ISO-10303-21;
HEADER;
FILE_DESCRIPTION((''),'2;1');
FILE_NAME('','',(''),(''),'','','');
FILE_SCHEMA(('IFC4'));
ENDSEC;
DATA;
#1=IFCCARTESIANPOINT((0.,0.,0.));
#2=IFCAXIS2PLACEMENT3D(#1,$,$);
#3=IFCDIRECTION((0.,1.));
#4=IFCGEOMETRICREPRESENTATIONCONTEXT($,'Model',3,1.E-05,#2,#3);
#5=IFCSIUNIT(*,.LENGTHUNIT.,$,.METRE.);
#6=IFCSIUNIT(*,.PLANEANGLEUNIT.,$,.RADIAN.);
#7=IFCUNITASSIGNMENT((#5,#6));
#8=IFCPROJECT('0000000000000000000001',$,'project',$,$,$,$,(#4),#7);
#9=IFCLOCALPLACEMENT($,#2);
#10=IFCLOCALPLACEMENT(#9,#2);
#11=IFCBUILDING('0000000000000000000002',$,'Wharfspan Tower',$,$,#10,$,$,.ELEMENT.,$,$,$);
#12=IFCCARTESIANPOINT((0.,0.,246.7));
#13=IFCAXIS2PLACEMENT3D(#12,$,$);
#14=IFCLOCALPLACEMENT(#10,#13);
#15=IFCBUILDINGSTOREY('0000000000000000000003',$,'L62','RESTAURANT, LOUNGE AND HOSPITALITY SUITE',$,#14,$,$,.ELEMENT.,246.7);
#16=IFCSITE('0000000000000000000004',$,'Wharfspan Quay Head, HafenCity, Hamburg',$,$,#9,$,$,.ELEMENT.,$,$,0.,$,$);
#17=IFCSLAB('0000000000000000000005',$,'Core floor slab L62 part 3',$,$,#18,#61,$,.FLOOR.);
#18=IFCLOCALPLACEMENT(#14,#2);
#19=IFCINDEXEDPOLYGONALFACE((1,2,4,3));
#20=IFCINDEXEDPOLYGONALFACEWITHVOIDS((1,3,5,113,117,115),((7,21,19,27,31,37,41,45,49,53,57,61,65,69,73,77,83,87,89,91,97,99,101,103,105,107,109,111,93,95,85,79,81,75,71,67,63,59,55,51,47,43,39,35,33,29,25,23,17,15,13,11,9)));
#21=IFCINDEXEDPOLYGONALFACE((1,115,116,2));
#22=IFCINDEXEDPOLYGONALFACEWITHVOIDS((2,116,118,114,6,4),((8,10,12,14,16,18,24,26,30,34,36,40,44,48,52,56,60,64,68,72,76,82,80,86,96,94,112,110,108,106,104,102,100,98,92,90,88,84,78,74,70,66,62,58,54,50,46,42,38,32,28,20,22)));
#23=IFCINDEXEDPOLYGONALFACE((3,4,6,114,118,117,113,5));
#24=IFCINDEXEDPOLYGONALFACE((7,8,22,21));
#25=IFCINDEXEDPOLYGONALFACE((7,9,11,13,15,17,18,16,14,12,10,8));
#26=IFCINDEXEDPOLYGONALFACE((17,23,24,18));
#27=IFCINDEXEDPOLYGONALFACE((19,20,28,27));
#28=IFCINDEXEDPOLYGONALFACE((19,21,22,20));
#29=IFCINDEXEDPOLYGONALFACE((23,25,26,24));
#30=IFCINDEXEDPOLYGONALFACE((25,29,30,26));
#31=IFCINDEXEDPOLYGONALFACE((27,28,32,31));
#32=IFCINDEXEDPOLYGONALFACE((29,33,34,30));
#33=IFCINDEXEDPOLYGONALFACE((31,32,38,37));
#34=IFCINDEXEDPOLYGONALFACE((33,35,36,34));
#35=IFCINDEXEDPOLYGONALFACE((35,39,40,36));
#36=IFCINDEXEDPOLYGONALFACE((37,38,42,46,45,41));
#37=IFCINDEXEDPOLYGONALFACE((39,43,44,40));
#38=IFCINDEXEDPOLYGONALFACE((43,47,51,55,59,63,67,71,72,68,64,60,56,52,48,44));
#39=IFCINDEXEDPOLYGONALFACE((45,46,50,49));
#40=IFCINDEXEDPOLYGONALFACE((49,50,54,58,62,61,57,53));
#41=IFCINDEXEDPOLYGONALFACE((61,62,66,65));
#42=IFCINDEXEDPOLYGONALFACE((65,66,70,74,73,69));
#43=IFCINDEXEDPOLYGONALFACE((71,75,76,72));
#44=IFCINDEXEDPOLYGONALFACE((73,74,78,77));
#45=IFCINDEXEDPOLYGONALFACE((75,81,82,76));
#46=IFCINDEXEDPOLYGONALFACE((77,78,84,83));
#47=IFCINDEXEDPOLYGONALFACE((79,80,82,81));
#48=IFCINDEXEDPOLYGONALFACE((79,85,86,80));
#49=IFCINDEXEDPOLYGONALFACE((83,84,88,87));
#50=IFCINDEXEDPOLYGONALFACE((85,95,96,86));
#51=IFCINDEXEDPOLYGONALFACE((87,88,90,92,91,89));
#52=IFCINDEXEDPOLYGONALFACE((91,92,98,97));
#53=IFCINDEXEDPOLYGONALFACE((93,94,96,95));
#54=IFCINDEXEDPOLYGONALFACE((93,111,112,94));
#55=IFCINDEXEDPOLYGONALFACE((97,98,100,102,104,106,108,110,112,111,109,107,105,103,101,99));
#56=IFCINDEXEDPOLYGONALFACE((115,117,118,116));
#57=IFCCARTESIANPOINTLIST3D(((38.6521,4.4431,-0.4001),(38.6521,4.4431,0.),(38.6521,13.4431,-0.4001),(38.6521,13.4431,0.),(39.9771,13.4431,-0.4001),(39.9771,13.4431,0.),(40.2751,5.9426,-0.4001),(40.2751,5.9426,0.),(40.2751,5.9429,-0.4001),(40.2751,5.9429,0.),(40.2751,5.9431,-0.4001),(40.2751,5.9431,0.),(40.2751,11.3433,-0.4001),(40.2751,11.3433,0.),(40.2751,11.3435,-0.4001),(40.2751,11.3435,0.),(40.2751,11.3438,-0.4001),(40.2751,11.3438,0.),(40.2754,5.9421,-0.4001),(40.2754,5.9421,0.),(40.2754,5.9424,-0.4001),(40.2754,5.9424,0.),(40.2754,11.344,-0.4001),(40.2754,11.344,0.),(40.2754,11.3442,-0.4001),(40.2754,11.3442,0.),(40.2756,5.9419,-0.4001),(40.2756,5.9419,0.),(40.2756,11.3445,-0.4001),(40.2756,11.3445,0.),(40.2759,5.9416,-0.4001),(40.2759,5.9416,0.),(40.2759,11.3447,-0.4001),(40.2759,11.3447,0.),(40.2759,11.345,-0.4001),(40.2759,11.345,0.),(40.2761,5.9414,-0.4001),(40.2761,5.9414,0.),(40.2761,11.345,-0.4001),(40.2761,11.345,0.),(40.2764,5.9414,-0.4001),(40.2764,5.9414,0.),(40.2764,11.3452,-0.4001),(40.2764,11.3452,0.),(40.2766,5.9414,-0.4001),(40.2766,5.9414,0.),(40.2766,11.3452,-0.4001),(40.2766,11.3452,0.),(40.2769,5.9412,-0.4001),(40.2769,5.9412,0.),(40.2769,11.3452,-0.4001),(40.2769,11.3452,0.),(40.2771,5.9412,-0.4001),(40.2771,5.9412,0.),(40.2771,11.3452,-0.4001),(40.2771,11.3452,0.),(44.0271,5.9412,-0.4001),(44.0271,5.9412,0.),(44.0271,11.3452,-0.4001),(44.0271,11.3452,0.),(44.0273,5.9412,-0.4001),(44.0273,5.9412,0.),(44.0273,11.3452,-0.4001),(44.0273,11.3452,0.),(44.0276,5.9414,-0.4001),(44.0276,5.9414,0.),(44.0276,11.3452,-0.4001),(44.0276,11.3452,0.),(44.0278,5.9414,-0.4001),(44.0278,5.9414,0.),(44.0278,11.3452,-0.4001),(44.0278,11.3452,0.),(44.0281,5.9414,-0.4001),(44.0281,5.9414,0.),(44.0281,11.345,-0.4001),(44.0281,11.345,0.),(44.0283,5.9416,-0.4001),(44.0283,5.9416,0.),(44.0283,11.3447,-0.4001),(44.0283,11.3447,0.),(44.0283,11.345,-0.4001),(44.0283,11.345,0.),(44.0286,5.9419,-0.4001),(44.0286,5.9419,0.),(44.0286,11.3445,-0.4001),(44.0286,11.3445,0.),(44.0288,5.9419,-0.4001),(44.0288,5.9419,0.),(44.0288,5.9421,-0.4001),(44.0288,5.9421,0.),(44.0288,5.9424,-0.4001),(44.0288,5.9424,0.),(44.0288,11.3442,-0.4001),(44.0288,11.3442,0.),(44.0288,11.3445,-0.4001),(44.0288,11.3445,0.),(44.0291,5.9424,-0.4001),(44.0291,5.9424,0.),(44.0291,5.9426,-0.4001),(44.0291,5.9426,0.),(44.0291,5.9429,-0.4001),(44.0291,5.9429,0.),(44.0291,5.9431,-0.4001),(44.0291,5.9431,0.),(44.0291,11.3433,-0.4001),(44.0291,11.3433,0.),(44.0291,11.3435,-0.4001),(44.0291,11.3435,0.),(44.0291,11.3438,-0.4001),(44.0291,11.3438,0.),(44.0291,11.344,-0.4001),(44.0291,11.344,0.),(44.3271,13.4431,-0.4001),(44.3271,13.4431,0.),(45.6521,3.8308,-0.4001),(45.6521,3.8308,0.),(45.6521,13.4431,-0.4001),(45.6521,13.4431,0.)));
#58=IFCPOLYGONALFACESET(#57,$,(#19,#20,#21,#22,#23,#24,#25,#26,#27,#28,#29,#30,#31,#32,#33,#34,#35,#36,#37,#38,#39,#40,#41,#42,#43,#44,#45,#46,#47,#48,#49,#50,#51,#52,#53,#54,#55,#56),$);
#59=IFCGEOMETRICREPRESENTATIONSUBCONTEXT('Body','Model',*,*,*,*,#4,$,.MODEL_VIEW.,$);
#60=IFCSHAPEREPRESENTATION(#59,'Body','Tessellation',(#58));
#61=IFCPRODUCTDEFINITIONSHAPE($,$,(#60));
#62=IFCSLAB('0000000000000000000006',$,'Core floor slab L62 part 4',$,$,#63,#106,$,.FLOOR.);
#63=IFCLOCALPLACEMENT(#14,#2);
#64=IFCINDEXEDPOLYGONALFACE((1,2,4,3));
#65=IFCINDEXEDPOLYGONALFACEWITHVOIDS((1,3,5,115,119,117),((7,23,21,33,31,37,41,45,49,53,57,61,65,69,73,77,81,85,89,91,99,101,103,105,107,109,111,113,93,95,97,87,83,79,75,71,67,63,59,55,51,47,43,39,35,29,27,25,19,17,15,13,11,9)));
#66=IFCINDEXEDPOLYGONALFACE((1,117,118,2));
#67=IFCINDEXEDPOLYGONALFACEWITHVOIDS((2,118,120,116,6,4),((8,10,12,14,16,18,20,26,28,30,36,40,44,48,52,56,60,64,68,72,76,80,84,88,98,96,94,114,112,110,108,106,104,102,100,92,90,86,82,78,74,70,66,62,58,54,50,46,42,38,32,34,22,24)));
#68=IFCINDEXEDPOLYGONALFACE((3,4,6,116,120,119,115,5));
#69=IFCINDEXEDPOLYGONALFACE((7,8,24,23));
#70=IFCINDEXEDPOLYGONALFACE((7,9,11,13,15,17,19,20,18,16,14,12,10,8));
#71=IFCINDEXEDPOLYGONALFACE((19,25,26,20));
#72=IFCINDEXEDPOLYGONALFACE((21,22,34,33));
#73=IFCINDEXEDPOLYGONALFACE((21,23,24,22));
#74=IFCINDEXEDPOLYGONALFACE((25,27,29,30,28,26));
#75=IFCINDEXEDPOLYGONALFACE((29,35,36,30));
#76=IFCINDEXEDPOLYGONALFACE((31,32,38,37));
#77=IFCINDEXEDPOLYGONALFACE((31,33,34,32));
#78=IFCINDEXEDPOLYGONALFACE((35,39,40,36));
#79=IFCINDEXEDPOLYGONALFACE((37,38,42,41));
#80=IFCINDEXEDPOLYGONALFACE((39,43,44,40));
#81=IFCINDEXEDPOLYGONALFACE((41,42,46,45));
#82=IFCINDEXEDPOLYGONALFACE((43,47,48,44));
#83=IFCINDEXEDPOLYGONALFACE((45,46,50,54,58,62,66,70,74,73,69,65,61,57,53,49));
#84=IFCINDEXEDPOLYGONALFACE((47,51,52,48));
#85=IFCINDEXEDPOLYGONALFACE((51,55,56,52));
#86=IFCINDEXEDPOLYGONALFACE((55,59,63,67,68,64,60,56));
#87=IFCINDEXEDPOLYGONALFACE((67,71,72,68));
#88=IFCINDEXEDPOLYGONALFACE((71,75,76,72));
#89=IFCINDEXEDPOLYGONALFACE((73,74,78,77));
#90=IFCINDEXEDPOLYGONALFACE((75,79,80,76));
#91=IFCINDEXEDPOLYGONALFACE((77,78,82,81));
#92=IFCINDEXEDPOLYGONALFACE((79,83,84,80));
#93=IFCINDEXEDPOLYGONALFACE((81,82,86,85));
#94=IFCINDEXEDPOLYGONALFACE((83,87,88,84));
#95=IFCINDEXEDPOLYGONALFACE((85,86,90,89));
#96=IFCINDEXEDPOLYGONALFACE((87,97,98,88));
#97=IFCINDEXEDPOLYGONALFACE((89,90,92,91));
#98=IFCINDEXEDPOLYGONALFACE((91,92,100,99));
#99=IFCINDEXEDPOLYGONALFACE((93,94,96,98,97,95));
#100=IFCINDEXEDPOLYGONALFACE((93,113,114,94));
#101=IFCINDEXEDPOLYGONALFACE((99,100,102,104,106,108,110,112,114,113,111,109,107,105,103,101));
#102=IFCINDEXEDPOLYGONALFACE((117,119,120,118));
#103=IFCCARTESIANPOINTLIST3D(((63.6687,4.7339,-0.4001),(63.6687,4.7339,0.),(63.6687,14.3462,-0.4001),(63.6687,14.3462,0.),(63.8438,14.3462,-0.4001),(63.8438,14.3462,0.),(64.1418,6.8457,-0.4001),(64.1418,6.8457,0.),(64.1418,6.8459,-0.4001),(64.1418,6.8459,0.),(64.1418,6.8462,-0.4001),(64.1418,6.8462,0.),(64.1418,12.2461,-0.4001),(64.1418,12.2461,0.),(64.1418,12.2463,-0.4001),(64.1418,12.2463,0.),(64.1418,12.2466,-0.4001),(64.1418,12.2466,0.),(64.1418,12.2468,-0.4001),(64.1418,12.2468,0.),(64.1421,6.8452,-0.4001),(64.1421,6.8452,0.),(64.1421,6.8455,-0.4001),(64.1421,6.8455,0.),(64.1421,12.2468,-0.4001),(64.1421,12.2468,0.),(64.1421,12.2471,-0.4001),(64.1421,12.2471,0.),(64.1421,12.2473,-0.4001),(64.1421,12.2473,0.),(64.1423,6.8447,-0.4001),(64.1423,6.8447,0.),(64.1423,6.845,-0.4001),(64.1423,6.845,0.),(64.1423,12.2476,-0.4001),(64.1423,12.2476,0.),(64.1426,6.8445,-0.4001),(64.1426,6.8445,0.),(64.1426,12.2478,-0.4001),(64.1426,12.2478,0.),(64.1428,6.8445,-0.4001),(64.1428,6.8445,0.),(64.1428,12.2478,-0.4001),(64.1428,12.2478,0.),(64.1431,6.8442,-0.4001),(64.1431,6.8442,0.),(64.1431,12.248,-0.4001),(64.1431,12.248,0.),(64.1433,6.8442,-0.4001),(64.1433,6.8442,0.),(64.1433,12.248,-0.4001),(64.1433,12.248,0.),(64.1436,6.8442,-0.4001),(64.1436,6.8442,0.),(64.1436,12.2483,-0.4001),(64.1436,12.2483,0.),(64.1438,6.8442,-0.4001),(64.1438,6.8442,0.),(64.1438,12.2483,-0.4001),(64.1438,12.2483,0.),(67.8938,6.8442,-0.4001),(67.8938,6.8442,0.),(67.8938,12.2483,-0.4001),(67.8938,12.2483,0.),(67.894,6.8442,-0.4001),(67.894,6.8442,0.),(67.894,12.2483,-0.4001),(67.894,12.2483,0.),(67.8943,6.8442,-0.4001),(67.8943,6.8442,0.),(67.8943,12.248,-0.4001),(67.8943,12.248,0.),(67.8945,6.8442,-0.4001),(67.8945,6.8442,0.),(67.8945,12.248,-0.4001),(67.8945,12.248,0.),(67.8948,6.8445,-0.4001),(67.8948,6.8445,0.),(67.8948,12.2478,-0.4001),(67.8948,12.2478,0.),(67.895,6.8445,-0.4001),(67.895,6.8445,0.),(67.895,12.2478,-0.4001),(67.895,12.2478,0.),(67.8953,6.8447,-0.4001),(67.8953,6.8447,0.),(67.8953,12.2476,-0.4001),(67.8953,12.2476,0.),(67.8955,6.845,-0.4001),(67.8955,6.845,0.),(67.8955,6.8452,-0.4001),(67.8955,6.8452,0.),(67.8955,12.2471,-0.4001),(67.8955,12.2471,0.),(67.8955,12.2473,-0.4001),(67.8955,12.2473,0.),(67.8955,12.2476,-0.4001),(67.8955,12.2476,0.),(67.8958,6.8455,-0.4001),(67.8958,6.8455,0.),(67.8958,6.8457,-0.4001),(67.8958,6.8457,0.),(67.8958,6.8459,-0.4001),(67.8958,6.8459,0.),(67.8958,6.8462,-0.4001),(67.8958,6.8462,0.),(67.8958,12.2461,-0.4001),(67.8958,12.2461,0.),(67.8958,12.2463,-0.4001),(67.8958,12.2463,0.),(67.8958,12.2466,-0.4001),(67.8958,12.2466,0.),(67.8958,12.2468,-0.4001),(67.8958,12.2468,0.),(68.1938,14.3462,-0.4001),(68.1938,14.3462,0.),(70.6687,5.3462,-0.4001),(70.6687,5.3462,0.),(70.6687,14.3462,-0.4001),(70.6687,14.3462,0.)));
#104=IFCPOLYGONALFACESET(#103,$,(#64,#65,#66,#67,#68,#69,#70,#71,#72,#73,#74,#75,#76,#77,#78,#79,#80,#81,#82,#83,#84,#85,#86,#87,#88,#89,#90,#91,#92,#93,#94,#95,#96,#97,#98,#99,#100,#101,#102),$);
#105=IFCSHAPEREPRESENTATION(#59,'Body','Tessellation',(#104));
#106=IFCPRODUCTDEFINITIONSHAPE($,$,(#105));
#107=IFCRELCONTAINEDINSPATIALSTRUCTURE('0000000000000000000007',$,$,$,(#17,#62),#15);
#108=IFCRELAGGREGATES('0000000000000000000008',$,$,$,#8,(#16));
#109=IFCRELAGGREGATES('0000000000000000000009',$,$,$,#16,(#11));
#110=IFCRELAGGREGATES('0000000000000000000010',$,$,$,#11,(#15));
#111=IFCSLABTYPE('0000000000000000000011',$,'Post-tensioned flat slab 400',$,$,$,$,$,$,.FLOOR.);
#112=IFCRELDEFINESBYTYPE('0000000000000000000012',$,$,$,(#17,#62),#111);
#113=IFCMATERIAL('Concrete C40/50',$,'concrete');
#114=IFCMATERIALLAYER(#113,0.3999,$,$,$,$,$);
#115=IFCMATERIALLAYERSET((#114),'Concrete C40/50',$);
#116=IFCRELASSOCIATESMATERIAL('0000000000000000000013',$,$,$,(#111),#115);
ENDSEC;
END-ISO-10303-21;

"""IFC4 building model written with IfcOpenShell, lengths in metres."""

from ifc_helpers import new_model, si_unit, direction, frame, origin, place, context, subcontext, project, spatial, polyline, outline, extrude, material, layer, layer_set, type_object, element, save


model = new_model("IFC4")

# Units and contexts
model_context = context("Model", 3, precision=1e-05, world=origin(), true_north=direction((0.0, 1.0)))
body_context = subcontext(model_context, "Body", "Model", "MODEL_VIEW")
ifc_project = project(units=[si_unit("LENGTHUNIT", "METRE"), si_unit("PLANEANGLEUNIT", "RADIAN")], contexts=[model_context])

# Site, building, storey
site_placement = place(None, origin())
site = spatial("IfcSite", under=ifc_project, at=site_placement, Name="Wharfspan Quay Head, HafenCity, Hamburg", CompositionType="ELEMENT", RefElevation=0.0)
building_placement = place(site_placement, origin())
building = spatial("IfcBuilding", under=site, at=building_placement, Name="Wharfspan Tower", CompositionType="ELEMENT")
storey_placement = place(building_placement, frame((0.0, 0.0, 246.7)))
storey = spatial("IfcBuildingStorey", under=building, at=storey_placement, Name="L62", Description="RESTAURANT, LOUNGE AND HOSPITALITY SUITE", CompositionType="ELEMENT", Elevation=246.7)

# Slabs
ifc_material_1 = material(Name="Concrete C40/50", Category="concrete")
ifc_layer_1 = layer(ifc_material_1, 0.3999)
ifc_layer_set_1 = layer_set([ifc_layer_1], Name="Concrete C40/50")
slab_type_1 = type_object("IfcSlabType", Name="Post-tensioned flat slab 400", PredefinedType="FLOOR", material=ifc_layer_set_1)
slab_1_placement = place(storey_placement, frame((0.0, 0.0, -0.4001)))
element("IfcSlab", 1, at=slab_1_placement, inside=storey, type_object=slab_type_1, Name="Core floor slab L62 part 3", PredefinedType="FLOOR", context=body_context, shape_type="SweptSolid", body=[
    extrude(outline(polyline([(44.3271, 13.4431), (39.9771, 13.4431), (38.6521, 13.4431), (38.6521, 4.4431), (45.6521, 3.8308), (45.6521, 13.4431), (44.3271, 13.4431)]), holes=[polyline([(40.2751, 11.3433), (40.2751, 11.3435), (40.2751, 11.3435), (40.2751, 11.3438), (40.2754, 11.344), (40.2754, 11.3442), (40.2754, 11.3442), (40.2756, 11.3445), (40.2756, 11.3445), (40.2759, 11.3447), (40.2759, 11.345), (40.2761, 11.345), (40.2764, 11.3452), (40.2766, 11.3452), (40.2766, 11.3452), (40.2769, 11.3452), (40.2771, 11.3452), (44.0271, 11.3452), (44.0273, 11.3452), (44.0276, 11.3452), (44.0276, 11.3452), (44.0278, 11.3452), (44.0281, 11.345), (44.0283, 11.345), (44.0283, 11.3447), (44.0286, 11.3445), (44.0288, 11.3445), (44.0288, 11.3442), (44.0288, 11.3442), (44.0291, 11.344), (44.0291, 11.3438), (44.0291, 11.3435), (44.0291, 11.3435), (44.0291, 11.3433), (44.0291, 5.9431), (44.0291, 5.9431), (44.0291, 5.9429), (44.0291, 5.9426), (44.0291, 5.9424), (44.0288, 5.9424), (44.0288, 5.9421), (44.0288, 5.9419), (44.0286, 5.9419), (44.0283, 5.9417), (44.0283, 5.9417), (44.0281, 5.9414), (44.0278, 5.9414), (44.0276, 5.9414), (44.0276, 5.9414), (44.0273, 5.9412), (44.0271, 5.9412), (40.2771, 5.9412), (40.2769, 5.9412), (40.2766, 5.9414), (40.2766, 5.9414), (40.2764, 5.9414), (40.2761, 5.9414), (40.2759, 5.9417), (40.2759, 5.9417), (40.2756, 5.9419), (40.2756, 5.9419), (40.2754, 5.9421), (40.2754, 5.9424), (40.2754, 5.9424), (40.2751, 5.9426), (40.2751, 5.9429), (40.2751, 5.9431), (40.2751, 5.9431), (40.2751, 11.3433)])]), origin(), (0.0, 0.0, 1.0), 0.4001),
])
slab_2_placement = place(storey_placement, frame((0.0, 0.0, -0.4001)))
element("IfcSlab", 2, at=slab_2_placement, inside=storey, type_object=slab_type_1, Name="Core floor slab L62 part 4", PredefinedType="FLOOR", context=body_context, shape_type="SweptSolid", body=[
    extrude(outline(polyline([(70.6687, 14.3462), (68.1938, 14.3462), (63.8438, 14.3462), (63.6687, 14.3462), (63.6687, 4.7339), (70.6687, 5.3462), (70.6687, 14.3462)]), holes=[polyline([(64.1418, 12.2461), (64.1418, 12.2463), (64.1418, 12.2466), (64.1418, 12.2468), (64.1421, 12.2468), (64.1421, 12.2471), (64.1421, 12.2473), (64.1423, 12.2476), (64.1423, 12.2476), (64.1426, 12.2478), (64.1426, 12.2478), (64.1428, 12.2478), (64.1431, 12.248), (64.1433, 12.248), (64.1433, 12.248), (64.1436, 12.2483), (64.1438, 12.2483), (67.8938, 12.2483), (67.894, 12.2483), (67.8943, 12.248), (67.8943, 12.248), (67.8945, 12.248), (67.8948, 12.2478), (67.895, 12.2478), (67.895, 12.2478), (67.8953, 12.2476), (67.8955, 12.2476), (67.8955, 12.2473), (67.8955, 12.2471), (67.8958, 12.2468), (67.8958, 12.2468), (67.8958, 12.2466), (67.8958, 12.2463), (67.8958, 12.2461), (67.8958, 6.8462), (67.8958, 6.8459), (67.8958, 6.8457), (67.8958, 6.8457), (67.8958, 6.8455), (67.8955, 6.8452), (67.8955, 6.8452), (67.8955, 6.845), (67.8953, 6.8447), (67.895, 6.8445), (67.895, 6.8445), (67.8948, 6.8445), (67.8945, 6.8442), (67.8943, 6.8442), (67.8943, 6.8442), (67.894, 6.8442), (67.8938, 6.8442), (64.1438, 6.8442), (64.1436, 6.8442), (64.1433, 6.8442), (64.1433, 6.8442), (64.1431, 6.8442), (64.1428, 6.8445), (64.1426, 6.8445), (64.1426, 6.8445), (64.1423, 6.8447), (64.1423, 6.845), (64.1421, 6.8452), (64.1421, 6.8452), (64.1421, 6.8455), (64.1418, 6.8457), (64.1418, 6.8457), (64.1418, 6.8459), (64.1418, 6.8462), (64.1418, 12.2461)])]), origin(), (0.0, 0.0, 1.0), 0.4001),
])

save(model, "model.ifc")
